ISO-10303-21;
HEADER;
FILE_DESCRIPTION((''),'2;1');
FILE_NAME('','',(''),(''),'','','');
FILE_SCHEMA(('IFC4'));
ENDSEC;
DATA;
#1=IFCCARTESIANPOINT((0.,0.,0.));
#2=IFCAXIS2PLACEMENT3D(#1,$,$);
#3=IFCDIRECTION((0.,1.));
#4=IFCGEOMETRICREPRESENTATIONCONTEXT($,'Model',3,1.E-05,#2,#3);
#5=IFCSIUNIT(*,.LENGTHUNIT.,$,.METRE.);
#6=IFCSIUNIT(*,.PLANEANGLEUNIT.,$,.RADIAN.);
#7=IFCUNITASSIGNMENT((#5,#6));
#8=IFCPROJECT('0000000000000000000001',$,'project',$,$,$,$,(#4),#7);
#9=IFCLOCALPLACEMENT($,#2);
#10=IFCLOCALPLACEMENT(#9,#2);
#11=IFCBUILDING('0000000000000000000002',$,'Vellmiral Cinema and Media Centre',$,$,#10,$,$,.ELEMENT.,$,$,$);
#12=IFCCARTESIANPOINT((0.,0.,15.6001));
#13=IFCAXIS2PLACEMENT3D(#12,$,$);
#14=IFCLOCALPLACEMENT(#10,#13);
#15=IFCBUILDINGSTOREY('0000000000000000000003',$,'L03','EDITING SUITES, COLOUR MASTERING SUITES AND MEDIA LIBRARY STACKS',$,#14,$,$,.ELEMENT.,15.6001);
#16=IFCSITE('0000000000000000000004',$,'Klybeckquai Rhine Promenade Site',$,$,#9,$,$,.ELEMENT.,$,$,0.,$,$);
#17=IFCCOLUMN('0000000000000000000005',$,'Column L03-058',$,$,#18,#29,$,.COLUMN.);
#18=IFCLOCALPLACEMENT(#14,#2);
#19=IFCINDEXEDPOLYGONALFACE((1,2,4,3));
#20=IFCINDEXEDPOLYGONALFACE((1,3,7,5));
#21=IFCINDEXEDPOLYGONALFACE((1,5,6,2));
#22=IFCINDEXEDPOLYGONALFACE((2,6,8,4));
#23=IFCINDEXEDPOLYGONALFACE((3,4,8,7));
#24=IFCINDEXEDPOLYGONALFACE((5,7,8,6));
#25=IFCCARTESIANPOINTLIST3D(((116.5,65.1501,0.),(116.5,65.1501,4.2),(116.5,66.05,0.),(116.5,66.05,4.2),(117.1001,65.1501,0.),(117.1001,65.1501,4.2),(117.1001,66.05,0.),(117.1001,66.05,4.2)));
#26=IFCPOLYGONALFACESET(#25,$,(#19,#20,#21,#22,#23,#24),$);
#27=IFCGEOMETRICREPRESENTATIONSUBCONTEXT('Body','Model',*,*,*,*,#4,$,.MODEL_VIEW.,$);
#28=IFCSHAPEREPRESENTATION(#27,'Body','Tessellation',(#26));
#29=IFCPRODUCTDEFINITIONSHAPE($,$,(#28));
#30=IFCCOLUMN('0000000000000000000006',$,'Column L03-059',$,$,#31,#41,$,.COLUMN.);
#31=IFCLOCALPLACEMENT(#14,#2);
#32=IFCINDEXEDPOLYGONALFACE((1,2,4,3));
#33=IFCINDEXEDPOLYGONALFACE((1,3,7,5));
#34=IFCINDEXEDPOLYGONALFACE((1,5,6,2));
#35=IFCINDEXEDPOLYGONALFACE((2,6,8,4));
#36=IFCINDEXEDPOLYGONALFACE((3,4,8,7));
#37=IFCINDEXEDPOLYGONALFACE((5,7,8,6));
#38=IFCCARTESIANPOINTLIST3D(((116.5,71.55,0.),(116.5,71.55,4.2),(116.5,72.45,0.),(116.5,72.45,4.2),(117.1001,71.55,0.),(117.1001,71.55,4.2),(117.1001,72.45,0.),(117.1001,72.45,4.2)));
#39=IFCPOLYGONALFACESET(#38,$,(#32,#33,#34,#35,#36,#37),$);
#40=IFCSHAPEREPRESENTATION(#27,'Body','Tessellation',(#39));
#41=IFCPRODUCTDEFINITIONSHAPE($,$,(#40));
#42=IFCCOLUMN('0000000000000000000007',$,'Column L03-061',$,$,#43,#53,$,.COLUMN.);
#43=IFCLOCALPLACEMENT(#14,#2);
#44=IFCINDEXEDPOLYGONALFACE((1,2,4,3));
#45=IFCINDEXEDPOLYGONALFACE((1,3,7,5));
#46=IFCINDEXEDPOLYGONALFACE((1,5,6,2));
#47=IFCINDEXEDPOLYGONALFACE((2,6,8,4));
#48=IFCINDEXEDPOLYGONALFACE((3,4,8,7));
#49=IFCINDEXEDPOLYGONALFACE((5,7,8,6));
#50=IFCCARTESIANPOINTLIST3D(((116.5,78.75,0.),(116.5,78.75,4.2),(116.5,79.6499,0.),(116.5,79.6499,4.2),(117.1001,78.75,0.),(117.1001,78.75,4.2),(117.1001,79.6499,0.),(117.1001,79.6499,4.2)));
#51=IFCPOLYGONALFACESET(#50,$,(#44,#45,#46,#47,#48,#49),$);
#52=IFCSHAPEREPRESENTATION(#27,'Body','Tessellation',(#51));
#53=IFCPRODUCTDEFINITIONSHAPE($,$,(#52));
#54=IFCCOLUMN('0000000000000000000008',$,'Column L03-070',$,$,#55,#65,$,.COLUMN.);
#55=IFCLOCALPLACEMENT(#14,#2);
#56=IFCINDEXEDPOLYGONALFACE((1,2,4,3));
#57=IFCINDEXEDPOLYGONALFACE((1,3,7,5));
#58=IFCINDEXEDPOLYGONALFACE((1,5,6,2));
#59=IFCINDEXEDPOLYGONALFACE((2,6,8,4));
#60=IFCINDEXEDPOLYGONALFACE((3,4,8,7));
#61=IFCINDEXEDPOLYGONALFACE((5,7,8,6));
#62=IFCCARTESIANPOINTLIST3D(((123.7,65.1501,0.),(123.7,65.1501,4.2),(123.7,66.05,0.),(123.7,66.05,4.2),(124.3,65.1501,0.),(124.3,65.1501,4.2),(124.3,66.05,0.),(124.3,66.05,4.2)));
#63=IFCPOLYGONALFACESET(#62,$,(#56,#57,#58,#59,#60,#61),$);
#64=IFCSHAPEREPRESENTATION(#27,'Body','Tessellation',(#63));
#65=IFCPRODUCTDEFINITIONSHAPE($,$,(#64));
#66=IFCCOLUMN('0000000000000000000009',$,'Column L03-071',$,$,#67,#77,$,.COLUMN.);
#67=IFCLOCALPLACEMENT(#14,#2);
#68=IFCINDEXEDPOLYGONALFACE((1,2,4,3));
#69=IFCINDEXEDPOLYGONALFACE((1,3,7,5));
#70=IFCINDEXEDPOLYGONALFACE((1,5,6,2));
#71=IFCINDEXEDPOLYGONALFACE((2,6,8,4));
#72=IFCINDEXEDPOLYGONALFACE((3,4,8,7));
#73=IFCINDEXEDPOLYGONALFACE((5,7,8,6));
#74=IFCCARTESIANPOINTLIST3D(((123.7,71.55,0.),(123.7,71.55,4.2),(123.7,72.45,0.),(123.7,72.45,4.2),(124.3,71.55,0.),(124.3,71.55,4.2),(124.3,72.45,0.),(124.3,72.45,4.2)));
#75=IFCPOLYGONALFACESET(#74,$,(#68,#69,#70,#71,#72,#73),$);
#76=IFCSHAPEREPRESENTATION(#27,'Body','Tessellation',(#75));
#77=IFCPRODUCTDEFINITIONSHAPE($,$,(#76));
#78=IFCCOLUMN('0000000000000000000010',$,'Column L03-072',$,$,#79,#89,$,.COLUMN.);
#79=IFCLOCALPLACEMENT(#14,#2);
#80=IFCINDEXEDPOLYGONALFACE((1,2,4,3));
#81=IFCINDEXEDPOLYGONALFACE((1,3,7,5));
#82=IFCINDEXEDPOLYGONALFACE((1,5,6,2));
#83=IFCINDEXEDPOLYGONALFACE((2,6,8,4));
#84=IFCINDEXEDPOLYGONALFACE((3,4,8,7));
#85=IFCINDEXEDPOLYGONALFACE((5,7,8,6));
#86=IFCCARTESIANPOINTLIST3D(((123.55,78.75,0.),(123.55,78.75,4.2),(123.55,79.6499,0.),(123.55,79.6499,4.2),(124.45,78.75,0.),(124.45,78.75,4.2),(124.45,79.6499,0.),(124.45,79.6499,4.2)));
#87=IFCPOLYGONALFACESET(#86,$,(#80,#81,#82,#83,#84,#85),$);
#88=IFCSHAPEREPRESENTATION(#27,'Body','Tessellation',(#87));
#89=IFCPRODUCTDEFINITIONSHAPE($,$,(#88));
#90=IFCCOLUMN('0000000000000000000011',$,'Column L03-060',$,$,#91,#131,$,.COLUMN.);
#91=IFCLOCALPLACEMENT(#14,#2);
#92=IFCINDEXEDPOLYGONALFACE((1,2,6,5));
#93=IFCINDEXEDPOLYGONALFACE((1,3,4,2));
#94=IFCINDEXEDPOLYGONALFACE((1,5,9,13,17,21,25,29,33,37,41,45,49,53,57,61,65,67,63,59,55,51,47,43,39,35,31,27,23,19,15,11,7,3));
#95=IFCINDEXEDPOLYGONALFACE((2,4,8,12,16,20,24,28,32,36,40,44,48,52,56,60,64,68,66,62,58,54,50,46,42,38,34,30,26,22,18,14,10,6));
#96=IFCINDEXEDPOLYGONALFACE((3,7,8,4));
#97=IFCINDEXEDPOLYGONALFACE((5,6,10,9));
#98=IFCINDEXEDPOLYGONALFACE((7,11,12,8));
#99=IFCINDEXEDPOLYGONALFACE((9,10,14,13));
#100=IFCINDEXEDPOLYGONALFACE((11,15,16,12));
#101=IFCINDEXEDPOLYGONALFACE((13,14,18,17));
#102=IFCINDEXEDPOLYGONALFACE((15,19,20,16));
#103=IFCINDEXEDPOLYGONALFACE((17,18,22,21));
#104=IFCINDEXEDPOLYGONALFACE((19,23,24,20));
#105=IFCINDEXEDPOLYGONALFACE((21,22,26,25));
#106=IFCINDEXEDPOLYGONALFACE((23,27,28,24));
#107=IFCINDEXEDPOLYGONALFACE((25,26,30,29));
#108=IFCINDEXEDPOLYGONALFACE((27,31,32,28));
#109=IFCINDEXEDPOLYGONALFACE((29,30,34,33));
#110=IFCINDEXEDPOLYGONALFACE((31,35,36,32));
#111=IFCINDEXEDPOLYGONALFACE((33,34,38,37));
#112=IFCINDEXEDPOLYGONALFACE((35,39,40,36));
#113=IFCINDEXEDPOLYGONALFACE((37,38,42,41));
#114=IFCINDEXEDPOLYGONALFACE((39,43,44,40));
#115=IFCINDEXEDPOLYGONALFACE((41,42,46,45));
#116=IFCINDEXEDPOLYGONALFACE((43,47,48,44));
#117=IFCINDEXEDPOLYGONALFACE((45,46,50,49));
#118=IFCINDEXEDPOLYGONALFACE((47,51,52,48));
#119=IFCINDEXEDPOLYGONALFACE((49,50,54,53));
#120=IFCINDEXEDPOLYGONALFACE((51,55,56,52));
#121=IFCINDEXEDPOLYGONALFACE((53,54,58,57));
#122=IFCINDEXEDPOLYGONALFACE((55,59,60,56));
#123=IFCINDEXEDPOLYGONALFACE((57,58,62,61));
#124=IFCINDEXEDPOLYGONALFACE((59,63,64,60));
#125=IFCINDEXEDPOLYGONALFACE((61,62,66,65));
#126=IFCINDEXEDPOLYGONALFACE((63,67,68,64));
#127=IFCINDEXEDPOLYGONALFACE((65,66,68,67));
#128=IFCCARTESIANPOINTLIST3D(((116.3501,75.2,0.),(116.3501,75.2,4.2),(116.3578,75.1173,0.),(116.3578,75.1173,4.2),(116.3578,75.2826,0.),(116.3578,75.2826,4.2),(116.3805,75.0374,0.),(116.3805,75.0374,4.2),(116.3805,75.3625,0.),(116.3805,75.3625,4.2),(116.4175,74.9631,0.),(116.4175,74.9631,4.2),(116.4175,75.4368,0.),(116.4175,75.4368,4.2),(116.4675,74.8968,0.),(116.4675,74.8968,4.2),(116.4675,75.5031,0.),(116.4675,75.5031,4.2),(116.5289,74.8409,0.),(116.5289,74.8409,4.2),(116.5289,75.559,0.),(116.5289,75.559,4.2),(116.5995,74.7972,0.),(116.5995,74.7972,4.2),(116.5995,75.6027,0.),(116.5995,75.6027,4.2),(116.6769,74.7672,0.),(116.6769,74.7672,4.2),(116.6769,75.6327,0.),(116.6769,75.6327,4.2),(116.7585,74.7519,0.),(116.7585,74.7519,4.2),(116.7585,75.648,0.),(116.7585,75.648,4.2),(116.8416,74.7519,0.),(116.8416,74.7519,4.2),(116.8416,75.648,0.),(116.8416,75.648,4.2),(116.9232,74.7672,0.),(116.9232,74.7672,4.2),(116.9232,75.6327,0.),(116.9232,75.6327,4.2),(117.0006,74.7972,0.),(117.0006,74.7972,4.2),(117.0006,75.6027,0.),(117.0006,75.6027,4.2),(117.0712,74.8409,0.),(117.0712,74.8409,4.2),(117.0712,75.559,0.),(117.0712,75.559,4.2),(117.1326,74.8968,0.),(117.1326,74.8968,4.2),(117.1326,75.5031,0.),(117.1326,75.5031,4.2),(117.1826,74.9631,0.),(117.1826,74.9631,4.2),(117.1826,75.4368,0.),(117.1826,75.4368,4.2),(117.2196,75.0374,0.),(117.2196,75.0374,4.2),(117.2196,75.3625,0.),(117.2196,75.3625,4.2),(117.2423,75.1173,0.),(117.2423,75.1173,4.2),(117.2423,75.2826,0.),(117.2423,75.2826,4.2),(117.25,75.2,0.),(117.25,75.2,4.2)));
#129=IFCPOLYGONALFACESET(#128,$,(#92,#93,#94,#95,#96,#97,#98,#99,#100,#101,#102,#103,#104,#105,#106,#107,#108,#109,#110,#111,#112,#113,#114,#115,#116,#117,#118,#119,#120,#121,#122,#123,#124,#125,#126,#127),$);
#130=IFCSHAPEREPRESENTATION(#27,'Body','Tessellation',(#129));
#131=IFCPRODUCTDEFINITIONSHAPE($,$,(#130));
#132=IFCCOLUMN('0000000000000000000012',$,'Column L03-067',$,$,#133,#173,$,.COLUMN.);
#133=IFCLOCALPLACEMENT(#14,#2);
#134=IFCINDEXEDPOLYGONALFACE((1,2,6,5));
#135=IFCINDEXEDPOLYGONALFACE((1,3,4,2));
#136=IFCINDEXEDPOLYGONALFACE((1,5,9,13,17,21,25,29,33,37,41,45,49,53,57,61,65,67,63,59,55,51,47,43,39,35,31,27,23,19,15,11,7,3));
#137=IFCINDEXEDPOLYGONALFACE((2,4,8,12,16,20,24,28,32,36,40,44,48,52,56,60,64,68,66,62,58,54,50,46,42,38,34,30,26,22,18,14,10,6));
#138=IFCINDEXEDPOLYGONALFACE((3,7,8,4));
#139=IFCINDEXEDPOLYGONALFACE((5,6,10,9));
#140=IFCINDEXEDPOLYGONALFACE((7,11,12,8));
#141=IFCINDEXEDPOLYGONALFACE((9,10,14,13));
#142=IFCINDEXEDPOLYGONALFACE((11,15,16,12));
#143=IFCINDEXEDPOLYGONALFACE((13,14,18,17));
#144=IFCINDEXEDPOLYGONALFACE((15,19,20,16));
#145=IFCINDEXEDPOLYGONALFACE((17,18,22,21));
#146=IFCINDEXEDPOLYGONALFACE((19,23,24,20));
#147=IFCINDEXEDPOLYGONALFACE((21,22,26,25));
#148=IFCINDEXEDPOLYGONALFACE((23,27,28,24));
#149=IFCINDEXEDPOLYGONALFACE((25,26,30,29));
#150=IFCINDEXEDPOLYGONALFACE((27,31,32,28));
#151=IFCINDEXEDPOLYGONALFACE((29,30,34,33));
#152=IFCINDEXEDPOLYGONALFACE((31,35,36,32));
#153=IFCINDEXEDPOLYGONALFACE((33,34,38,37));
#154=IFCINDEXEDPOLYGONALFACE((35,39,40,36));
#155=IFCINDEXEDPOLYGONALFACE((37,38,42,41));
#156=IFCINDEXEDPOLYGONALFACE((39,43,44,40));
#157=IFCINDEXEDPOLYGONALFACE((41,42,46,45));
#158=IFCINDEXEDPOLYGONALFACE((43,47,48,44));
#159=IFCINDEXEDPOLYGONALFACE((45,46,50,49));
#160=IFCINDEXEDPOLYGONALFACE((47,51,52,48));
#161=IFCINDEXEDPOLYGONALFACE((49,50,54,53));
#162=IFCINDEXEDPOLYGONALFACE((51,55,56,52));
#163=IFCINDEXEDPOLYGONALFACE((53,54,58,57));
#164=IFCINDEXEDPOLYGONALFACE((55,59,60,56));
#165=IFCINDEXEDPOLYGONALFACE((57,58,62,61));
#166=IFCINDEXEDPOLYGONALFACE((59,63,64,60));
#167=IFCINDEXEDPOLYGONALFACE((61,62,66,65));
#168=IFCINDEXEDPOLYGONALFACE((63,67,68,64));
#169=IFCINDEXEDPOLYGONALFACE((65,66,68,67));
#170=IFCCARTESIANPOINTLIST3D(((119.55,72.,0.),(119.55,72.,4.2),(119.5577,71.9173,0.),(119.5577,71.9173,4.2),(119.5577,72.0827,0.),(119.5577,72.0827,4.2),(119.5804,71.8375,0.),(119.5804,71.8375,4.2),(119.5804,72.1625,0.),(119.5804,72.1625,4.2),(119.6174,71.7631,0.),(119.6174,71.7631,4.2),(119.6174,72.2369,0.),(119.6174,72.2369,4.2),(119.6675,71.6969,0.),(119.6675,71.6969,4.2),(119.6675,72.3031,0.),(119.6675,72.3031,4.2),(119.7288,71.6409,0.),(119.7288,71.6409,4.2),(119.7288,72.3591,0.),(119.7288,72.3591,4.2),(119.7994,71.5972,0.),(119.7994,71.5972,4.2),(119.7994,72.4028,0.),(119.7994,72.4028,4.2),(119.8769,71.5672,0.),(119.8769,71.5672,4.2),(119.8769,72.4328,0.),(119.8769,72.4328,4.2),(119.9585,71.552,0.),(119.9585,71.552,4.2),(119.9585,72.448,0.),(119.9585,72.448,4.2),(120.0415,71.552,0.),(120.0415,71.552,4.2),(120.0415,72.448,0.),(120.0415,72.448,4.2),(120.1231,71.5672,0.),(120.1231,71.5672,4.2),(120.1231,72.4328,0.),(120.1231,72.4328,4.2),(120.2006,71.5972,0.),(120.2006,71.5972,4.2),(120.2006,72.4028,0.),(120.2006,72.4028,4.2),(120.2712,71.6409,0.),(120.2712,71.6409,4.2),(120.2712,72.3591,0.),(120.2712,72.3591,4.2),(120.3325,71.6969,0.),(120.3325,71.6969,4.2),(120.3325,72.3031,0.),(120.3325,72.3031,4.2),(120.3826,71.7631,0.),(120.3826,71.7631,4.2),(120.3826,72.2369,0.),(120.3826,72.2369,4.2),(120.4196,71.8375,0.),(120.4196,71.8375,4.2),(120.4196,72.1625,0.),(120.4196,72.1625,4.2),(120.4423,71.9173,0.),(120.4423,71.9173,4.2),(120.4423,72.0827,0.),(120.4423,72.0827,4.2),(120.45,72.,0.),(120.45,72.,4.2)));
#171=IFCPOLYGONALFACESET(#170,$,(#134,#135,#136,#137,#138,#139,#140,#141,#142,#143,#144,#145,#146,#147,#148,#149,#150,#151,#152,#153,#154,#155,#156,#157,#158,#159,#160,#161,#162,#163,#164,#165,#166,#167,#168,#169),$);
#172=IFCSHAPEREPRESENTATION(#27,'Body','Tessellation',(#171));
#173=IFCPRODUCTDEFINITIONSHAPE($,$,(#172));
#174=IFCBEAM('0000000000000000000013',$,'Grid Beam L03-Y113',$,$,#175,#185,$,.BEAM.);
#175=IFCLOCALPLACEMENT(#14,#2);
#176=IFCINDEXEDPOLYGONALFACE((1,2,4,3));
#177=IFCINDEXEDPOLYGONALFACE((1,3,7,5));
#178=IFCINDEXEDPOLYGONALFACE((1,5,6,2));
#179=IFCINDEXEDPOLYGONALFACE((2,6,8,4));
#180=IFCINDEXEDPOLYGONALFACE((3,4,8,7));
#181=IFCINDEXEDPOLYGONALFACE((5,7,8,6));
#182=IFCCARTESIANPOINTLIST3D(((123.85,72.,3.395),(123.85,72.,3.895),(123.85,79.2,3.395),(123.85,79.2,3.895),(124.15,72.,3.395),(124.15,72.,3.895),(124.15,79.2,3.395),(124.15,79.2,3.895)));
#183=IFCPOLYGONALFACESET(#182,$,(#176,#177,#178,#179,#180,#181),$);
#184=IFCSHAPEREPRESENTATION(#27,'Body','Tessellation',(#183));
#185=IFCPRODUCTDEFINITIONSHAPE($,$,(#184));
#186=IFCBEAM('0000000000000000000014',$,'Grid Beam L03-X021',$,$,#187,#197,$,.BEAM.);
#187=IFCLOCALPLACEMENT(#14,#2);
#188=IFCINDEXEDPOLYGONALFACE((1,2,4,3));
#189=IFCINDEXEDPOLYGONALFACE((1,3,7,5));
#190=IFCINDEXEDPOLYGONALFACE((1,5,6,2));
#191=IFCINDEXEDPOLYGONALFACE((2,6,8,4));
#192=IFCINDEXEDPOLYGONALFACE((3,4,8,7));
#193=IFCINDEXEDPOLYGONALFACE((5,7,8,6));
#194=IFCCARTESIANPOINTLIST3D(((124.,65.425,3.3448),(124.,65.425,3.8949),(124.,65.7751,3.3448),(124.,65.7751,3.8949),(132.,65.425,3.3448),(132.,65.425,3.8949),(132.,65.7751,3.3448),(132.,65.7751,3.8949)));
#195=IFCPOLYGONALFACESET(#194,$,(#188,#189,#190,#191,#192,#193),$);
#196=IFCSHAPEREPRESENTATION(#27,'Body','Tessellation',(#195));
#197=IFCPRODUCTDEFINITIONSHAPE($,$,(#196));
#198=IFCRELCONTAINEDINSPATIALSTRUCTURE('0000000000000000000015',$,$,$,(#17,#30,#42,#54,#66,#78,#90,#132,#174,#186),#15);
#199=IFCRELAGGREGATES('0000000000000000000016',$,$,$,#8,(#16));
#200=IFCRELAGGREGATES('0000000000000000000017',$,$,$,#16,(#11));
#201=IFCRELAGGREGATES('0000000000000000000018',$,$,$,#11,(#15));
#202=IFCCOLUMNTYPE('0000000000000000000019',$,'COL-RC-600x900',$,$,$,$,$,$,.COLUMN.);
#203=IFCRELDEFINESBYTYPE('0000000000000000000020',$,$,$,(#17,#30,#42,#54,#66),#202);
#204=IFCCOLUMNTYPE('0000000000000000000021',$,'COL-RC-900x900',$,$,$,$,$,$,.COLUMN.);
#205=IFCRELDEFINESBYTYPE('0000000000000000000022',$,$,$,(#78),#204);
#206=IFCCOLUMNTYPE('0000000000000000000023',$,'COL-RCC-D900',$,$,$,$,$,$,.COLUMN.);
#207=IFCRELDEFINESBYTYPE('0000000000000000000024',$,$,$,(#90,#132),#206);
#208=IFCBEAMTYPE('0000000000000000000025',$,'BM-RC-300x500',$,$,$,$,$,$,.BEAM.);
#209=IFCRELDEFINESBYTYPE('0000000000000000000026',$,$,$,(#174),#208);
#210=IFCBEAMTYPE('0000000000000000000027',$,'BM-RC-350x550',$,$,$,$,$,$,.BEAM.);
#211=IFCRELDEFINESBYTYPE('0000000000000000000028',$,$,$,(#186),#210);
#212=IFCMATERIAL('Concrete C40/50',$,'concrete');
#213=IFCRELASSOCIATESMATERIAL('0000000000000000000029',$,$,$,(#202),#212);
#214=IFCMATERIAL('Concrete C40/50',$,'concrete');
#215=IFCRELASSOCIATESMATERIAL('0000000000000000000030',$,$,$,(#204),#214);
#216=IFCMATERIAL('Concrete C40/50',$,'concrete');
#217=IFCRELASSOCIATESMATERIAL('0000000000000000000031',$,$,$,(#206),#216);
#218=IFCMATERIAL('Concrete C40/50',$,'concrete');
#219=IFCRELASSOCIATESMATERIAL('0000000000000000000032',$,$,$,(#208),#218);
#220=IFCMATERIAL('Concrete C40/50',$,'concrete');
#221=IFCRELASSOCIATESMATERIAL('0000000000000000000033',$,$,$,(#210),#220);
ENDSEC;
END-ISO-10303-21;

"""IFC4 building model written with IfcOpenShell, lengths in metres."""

from ifc_helpers import new_model, si_unit, direction, frame, origin, origin_2d, place, context, subcontext, project, spatial, rectangle, circle, extrude, material, material_profile, profile_set, type_object, element, save


model = new_model("IFC4")

# Units and contexts
model_context = context("Model", 3, precision=1e-05, world=origin(), true_north=direction((0.0, 1.0)))
body_context = subcontext(model_context, "Body", "Model", "MODEL_VIEW")
ifc_project = project(units=[si_unit("LENGTHUNIT", "METRE"), si_unit("PLANEANGLEUNIT", "RADIAN")], contexts=[model_context])

# Site, building, storey
site_placement = place(None, origin())
site = spatial("IfcSite", under=ifc_project, at=site_placement, Name="Klybeckquai Rhine Promenade Site", CompositionType="ELEMENT", RefElevation=0.0)
building_placement = place(site_placement, origin())
building = spatial("IfcBuilding", under=site, at=building_placement, Name="Vellmiral Cinema and Media Centre", CompositionType="ELEMENT")
storey_placement = place(building_placement, frame((0.0, 0.0, 15.6001)))
storey = spatial("IfcBuildingStorey", under=building, at=storey_placement, Name="L03", Description="EDITING SUITES, COLOUR MASTERING SUITES AND MEDIA LIBRARY STACKS", CompositionType="ELEMENT", Elevation=15.6001)

# Columns
ifc_material_1 = material(Name="Concrete C40/50", Category="concrete")
ifc_material_profile_1 = material_profile(ifc_material_1, rectangle(XDim=0.6001, YDim=0.8999, at=origin_2d()), Name="RC 600x900")
ifc_profile_set_1 = profile_set([ifc_material_profile_1], Name="Concrete C40/50")
column_type_1 = type_object("IfcColumnType", Name="COL-RC-600x900", PredefinedType="COLUMN", material=ifc_profile_set_1)
for number, where, z_axis, x_axis, name in (
    (1, (116.8, 65.6001, 0.0), (0.0, 0.0, 1.0), (1.0, 0.0, 0.0), "Column L03-058"),
    (2, (116.8, 72.0, 0.0), (0.0, 0.0, 1.0), (1.0, 0.0, 0.0), "Column L03-059"),
    (3, (116.8, 79.2, 0.0), (0.0, 0.0, 1.0), (1.0, 0.0, 0.0), "Column L03-061"),
    (4, (124.0, 65.6001, 0.0), (0.0, 0.0, 1.0), (1.0, 0.0, 0.0), "Column L03-070"),
    (5, (124.0, 72.0, 0.0), (0.0, 0.0, 1.0), (1.0, 0.0, 0.0), "Column L03-071"),
):
    element("IfcColumn", number, at=place(storey_placement, frame(where, z_axis=z_axis, x_axis=x_axis)), inside=storey, type_object=column_type_1, Name=name, PredefinedType="COLUMN", context=body_context, shape_type="SweptSolid", body=[
        extrude(rectangle(XDim=0.6001, YDim=0.8999, at=origin_2d()), origin(), (0.0, 0.0, 1.0), 4.2),
    ])
ifc_material_2 = material(Name="Concrete C40/50", Category="concrete")
ifc_material_profile_2 = material_profile(ifc_material_2, rectangle(XDim=0.8999, YDim=0.8999, at=origin_2d()), Name="RC 900x900")
ifc_profile_set_2 = profile_set([ifc_material_profile_2], Name="Concrete C40/50")
column_type_2 = type_object("IfcColumnType", Name="COL-RC-900x900", PredefinedType="COLUMN", material=ifc_profile_set_2)
column_placement = place(storey_placement, frame((124.0, 79.2, 0.0), z_axis=(0.0, 0.0, 1.0), x_axis=(1.0, 0.0, 0.0)))
element("IfcColumn", 6, at=column_placement, inside=storey, type_object=column_type_2, Name="Column L03-072", PredefinedType="COLUMN", context=body_context, shape_type="SweptSolid", body=[
    extrude(rectangle(XDim=0.8999, YDim=0.8999, at=origin_2d()), origin(), (0.0, 0.0, 1.0), 4.2),
])
ifc_material_3 = material(Name="Concrete C40/50", Category="concrete")
ifc_material_profile_3 = material_profile(ifc_material_3, circle(Radius=0.45, at=origin_2d()), Name="RC D900")
ifc_profile_set_3 = profile_set([ifc_material_profile_3], Name="Concrete C40/50")
column_type_3 = type_object("IfcColumnType", Name="COL-RCC-D900", PredefinedType="COLUMN", material=ifc_profile_set_3)
for number, where, z_axis, x_axis, name in (
    (7, (116.8, 75.2, 0.0), (0.0, 0.0, 1.0), (1.0, 0.0, 0.0), "Column L03-060"),
    (8, (120.0, 72.0, 0.0), (0.0, 0.0, 1.0), (1.0, 0.0, 0.0), "Column L03-067"),
):
    element("IfcColumn", number, at=place(storey_placement, frame(where, z_axis=z_axis, x_axis=x_axis)), inside=storey, type_object=column_type_3, Name=name, PredefinedType="COLUMN", context=body_context, shape_type="SweptSolid", body=[
        extrude(circle(Radius=0.45, at=origin_2d()), origin(), (0.0, 0.0, 1.0), 4.2),
    ])

# Beams
ifc_material_4 = material(Name="Concrete C40/50", Category="concrete")
ifc_material_profile_4 = material_profile(ifc_material_4, rectangle(XDim=0.3, YDim=0.5, at=origin_2d()), Name="RC 300x500")
ifc_profile_set_4 = profile_set([ifc_material_profile_4], Name="Concrete C40/50")
beam_type_1 = type_object("IfcBeamType", Name="BM-RC-300x500", PredefinedType="BEAM", material=ifc_profile_set_4)
beam_1_placement = place(storey_placement, frame((124.0, 72.0, 3.645), z_axis=(0.0, 1.0, 0.0), x_axis=(-1.0, 0.0, 0.0)))
element("IfcBeam", 9, at=beam_1_placement, inside=storey, type_object=beam_type_1, Name="Grid Beam L03-Y113", PredefinedType="BEAM", context=body_context, shape_type="SweptSolid", body=[
    extrude(rectangle(XDim=0.3, YDim=0.5, at=origin_2d()), origin(), (0.0, 0.0, 1.0), 7.2),
])
ifc_material_5 = material(Name="Concrete C40/50", Category="concrete")
ifc_material_profile_5 = material_profile(ifc_material_5, rectangle(XDim=0.3501, YDim=0.55, at=origin_2d()), Name="RC 350x550")
ifc_profile_set_5 = profile_set([ifc_material_profile_5], Name="Concrete C40/50")
beam_type_2 = type_object("IfcBeamType", Name="BM-RC-350x550", PredefinedType="BEAM", material=ifc_profile_set_5)
beam_2_placement = place(storey_placement, frame((124.0, 65.6001, 3.6199), z_axis=(1.0, 0.0, 0.0), x_axis=(0.0, 1.0, 0.0)))
element("IfcBeam", 10, at=beam_2_placement, inside=storey, type_object=beam_type_2, Name="Grid Beam L03-X021", PredefinedType="BEAM", context=body_context, shape_type="SweptSolid", body=[
    extrude(rectangle(XDim=0.3501, YDim=0.55, at=origin_2d()), origin(), (0.0, 0.0, 1.0), 8.0),
])

save(model, "model.ifc")
